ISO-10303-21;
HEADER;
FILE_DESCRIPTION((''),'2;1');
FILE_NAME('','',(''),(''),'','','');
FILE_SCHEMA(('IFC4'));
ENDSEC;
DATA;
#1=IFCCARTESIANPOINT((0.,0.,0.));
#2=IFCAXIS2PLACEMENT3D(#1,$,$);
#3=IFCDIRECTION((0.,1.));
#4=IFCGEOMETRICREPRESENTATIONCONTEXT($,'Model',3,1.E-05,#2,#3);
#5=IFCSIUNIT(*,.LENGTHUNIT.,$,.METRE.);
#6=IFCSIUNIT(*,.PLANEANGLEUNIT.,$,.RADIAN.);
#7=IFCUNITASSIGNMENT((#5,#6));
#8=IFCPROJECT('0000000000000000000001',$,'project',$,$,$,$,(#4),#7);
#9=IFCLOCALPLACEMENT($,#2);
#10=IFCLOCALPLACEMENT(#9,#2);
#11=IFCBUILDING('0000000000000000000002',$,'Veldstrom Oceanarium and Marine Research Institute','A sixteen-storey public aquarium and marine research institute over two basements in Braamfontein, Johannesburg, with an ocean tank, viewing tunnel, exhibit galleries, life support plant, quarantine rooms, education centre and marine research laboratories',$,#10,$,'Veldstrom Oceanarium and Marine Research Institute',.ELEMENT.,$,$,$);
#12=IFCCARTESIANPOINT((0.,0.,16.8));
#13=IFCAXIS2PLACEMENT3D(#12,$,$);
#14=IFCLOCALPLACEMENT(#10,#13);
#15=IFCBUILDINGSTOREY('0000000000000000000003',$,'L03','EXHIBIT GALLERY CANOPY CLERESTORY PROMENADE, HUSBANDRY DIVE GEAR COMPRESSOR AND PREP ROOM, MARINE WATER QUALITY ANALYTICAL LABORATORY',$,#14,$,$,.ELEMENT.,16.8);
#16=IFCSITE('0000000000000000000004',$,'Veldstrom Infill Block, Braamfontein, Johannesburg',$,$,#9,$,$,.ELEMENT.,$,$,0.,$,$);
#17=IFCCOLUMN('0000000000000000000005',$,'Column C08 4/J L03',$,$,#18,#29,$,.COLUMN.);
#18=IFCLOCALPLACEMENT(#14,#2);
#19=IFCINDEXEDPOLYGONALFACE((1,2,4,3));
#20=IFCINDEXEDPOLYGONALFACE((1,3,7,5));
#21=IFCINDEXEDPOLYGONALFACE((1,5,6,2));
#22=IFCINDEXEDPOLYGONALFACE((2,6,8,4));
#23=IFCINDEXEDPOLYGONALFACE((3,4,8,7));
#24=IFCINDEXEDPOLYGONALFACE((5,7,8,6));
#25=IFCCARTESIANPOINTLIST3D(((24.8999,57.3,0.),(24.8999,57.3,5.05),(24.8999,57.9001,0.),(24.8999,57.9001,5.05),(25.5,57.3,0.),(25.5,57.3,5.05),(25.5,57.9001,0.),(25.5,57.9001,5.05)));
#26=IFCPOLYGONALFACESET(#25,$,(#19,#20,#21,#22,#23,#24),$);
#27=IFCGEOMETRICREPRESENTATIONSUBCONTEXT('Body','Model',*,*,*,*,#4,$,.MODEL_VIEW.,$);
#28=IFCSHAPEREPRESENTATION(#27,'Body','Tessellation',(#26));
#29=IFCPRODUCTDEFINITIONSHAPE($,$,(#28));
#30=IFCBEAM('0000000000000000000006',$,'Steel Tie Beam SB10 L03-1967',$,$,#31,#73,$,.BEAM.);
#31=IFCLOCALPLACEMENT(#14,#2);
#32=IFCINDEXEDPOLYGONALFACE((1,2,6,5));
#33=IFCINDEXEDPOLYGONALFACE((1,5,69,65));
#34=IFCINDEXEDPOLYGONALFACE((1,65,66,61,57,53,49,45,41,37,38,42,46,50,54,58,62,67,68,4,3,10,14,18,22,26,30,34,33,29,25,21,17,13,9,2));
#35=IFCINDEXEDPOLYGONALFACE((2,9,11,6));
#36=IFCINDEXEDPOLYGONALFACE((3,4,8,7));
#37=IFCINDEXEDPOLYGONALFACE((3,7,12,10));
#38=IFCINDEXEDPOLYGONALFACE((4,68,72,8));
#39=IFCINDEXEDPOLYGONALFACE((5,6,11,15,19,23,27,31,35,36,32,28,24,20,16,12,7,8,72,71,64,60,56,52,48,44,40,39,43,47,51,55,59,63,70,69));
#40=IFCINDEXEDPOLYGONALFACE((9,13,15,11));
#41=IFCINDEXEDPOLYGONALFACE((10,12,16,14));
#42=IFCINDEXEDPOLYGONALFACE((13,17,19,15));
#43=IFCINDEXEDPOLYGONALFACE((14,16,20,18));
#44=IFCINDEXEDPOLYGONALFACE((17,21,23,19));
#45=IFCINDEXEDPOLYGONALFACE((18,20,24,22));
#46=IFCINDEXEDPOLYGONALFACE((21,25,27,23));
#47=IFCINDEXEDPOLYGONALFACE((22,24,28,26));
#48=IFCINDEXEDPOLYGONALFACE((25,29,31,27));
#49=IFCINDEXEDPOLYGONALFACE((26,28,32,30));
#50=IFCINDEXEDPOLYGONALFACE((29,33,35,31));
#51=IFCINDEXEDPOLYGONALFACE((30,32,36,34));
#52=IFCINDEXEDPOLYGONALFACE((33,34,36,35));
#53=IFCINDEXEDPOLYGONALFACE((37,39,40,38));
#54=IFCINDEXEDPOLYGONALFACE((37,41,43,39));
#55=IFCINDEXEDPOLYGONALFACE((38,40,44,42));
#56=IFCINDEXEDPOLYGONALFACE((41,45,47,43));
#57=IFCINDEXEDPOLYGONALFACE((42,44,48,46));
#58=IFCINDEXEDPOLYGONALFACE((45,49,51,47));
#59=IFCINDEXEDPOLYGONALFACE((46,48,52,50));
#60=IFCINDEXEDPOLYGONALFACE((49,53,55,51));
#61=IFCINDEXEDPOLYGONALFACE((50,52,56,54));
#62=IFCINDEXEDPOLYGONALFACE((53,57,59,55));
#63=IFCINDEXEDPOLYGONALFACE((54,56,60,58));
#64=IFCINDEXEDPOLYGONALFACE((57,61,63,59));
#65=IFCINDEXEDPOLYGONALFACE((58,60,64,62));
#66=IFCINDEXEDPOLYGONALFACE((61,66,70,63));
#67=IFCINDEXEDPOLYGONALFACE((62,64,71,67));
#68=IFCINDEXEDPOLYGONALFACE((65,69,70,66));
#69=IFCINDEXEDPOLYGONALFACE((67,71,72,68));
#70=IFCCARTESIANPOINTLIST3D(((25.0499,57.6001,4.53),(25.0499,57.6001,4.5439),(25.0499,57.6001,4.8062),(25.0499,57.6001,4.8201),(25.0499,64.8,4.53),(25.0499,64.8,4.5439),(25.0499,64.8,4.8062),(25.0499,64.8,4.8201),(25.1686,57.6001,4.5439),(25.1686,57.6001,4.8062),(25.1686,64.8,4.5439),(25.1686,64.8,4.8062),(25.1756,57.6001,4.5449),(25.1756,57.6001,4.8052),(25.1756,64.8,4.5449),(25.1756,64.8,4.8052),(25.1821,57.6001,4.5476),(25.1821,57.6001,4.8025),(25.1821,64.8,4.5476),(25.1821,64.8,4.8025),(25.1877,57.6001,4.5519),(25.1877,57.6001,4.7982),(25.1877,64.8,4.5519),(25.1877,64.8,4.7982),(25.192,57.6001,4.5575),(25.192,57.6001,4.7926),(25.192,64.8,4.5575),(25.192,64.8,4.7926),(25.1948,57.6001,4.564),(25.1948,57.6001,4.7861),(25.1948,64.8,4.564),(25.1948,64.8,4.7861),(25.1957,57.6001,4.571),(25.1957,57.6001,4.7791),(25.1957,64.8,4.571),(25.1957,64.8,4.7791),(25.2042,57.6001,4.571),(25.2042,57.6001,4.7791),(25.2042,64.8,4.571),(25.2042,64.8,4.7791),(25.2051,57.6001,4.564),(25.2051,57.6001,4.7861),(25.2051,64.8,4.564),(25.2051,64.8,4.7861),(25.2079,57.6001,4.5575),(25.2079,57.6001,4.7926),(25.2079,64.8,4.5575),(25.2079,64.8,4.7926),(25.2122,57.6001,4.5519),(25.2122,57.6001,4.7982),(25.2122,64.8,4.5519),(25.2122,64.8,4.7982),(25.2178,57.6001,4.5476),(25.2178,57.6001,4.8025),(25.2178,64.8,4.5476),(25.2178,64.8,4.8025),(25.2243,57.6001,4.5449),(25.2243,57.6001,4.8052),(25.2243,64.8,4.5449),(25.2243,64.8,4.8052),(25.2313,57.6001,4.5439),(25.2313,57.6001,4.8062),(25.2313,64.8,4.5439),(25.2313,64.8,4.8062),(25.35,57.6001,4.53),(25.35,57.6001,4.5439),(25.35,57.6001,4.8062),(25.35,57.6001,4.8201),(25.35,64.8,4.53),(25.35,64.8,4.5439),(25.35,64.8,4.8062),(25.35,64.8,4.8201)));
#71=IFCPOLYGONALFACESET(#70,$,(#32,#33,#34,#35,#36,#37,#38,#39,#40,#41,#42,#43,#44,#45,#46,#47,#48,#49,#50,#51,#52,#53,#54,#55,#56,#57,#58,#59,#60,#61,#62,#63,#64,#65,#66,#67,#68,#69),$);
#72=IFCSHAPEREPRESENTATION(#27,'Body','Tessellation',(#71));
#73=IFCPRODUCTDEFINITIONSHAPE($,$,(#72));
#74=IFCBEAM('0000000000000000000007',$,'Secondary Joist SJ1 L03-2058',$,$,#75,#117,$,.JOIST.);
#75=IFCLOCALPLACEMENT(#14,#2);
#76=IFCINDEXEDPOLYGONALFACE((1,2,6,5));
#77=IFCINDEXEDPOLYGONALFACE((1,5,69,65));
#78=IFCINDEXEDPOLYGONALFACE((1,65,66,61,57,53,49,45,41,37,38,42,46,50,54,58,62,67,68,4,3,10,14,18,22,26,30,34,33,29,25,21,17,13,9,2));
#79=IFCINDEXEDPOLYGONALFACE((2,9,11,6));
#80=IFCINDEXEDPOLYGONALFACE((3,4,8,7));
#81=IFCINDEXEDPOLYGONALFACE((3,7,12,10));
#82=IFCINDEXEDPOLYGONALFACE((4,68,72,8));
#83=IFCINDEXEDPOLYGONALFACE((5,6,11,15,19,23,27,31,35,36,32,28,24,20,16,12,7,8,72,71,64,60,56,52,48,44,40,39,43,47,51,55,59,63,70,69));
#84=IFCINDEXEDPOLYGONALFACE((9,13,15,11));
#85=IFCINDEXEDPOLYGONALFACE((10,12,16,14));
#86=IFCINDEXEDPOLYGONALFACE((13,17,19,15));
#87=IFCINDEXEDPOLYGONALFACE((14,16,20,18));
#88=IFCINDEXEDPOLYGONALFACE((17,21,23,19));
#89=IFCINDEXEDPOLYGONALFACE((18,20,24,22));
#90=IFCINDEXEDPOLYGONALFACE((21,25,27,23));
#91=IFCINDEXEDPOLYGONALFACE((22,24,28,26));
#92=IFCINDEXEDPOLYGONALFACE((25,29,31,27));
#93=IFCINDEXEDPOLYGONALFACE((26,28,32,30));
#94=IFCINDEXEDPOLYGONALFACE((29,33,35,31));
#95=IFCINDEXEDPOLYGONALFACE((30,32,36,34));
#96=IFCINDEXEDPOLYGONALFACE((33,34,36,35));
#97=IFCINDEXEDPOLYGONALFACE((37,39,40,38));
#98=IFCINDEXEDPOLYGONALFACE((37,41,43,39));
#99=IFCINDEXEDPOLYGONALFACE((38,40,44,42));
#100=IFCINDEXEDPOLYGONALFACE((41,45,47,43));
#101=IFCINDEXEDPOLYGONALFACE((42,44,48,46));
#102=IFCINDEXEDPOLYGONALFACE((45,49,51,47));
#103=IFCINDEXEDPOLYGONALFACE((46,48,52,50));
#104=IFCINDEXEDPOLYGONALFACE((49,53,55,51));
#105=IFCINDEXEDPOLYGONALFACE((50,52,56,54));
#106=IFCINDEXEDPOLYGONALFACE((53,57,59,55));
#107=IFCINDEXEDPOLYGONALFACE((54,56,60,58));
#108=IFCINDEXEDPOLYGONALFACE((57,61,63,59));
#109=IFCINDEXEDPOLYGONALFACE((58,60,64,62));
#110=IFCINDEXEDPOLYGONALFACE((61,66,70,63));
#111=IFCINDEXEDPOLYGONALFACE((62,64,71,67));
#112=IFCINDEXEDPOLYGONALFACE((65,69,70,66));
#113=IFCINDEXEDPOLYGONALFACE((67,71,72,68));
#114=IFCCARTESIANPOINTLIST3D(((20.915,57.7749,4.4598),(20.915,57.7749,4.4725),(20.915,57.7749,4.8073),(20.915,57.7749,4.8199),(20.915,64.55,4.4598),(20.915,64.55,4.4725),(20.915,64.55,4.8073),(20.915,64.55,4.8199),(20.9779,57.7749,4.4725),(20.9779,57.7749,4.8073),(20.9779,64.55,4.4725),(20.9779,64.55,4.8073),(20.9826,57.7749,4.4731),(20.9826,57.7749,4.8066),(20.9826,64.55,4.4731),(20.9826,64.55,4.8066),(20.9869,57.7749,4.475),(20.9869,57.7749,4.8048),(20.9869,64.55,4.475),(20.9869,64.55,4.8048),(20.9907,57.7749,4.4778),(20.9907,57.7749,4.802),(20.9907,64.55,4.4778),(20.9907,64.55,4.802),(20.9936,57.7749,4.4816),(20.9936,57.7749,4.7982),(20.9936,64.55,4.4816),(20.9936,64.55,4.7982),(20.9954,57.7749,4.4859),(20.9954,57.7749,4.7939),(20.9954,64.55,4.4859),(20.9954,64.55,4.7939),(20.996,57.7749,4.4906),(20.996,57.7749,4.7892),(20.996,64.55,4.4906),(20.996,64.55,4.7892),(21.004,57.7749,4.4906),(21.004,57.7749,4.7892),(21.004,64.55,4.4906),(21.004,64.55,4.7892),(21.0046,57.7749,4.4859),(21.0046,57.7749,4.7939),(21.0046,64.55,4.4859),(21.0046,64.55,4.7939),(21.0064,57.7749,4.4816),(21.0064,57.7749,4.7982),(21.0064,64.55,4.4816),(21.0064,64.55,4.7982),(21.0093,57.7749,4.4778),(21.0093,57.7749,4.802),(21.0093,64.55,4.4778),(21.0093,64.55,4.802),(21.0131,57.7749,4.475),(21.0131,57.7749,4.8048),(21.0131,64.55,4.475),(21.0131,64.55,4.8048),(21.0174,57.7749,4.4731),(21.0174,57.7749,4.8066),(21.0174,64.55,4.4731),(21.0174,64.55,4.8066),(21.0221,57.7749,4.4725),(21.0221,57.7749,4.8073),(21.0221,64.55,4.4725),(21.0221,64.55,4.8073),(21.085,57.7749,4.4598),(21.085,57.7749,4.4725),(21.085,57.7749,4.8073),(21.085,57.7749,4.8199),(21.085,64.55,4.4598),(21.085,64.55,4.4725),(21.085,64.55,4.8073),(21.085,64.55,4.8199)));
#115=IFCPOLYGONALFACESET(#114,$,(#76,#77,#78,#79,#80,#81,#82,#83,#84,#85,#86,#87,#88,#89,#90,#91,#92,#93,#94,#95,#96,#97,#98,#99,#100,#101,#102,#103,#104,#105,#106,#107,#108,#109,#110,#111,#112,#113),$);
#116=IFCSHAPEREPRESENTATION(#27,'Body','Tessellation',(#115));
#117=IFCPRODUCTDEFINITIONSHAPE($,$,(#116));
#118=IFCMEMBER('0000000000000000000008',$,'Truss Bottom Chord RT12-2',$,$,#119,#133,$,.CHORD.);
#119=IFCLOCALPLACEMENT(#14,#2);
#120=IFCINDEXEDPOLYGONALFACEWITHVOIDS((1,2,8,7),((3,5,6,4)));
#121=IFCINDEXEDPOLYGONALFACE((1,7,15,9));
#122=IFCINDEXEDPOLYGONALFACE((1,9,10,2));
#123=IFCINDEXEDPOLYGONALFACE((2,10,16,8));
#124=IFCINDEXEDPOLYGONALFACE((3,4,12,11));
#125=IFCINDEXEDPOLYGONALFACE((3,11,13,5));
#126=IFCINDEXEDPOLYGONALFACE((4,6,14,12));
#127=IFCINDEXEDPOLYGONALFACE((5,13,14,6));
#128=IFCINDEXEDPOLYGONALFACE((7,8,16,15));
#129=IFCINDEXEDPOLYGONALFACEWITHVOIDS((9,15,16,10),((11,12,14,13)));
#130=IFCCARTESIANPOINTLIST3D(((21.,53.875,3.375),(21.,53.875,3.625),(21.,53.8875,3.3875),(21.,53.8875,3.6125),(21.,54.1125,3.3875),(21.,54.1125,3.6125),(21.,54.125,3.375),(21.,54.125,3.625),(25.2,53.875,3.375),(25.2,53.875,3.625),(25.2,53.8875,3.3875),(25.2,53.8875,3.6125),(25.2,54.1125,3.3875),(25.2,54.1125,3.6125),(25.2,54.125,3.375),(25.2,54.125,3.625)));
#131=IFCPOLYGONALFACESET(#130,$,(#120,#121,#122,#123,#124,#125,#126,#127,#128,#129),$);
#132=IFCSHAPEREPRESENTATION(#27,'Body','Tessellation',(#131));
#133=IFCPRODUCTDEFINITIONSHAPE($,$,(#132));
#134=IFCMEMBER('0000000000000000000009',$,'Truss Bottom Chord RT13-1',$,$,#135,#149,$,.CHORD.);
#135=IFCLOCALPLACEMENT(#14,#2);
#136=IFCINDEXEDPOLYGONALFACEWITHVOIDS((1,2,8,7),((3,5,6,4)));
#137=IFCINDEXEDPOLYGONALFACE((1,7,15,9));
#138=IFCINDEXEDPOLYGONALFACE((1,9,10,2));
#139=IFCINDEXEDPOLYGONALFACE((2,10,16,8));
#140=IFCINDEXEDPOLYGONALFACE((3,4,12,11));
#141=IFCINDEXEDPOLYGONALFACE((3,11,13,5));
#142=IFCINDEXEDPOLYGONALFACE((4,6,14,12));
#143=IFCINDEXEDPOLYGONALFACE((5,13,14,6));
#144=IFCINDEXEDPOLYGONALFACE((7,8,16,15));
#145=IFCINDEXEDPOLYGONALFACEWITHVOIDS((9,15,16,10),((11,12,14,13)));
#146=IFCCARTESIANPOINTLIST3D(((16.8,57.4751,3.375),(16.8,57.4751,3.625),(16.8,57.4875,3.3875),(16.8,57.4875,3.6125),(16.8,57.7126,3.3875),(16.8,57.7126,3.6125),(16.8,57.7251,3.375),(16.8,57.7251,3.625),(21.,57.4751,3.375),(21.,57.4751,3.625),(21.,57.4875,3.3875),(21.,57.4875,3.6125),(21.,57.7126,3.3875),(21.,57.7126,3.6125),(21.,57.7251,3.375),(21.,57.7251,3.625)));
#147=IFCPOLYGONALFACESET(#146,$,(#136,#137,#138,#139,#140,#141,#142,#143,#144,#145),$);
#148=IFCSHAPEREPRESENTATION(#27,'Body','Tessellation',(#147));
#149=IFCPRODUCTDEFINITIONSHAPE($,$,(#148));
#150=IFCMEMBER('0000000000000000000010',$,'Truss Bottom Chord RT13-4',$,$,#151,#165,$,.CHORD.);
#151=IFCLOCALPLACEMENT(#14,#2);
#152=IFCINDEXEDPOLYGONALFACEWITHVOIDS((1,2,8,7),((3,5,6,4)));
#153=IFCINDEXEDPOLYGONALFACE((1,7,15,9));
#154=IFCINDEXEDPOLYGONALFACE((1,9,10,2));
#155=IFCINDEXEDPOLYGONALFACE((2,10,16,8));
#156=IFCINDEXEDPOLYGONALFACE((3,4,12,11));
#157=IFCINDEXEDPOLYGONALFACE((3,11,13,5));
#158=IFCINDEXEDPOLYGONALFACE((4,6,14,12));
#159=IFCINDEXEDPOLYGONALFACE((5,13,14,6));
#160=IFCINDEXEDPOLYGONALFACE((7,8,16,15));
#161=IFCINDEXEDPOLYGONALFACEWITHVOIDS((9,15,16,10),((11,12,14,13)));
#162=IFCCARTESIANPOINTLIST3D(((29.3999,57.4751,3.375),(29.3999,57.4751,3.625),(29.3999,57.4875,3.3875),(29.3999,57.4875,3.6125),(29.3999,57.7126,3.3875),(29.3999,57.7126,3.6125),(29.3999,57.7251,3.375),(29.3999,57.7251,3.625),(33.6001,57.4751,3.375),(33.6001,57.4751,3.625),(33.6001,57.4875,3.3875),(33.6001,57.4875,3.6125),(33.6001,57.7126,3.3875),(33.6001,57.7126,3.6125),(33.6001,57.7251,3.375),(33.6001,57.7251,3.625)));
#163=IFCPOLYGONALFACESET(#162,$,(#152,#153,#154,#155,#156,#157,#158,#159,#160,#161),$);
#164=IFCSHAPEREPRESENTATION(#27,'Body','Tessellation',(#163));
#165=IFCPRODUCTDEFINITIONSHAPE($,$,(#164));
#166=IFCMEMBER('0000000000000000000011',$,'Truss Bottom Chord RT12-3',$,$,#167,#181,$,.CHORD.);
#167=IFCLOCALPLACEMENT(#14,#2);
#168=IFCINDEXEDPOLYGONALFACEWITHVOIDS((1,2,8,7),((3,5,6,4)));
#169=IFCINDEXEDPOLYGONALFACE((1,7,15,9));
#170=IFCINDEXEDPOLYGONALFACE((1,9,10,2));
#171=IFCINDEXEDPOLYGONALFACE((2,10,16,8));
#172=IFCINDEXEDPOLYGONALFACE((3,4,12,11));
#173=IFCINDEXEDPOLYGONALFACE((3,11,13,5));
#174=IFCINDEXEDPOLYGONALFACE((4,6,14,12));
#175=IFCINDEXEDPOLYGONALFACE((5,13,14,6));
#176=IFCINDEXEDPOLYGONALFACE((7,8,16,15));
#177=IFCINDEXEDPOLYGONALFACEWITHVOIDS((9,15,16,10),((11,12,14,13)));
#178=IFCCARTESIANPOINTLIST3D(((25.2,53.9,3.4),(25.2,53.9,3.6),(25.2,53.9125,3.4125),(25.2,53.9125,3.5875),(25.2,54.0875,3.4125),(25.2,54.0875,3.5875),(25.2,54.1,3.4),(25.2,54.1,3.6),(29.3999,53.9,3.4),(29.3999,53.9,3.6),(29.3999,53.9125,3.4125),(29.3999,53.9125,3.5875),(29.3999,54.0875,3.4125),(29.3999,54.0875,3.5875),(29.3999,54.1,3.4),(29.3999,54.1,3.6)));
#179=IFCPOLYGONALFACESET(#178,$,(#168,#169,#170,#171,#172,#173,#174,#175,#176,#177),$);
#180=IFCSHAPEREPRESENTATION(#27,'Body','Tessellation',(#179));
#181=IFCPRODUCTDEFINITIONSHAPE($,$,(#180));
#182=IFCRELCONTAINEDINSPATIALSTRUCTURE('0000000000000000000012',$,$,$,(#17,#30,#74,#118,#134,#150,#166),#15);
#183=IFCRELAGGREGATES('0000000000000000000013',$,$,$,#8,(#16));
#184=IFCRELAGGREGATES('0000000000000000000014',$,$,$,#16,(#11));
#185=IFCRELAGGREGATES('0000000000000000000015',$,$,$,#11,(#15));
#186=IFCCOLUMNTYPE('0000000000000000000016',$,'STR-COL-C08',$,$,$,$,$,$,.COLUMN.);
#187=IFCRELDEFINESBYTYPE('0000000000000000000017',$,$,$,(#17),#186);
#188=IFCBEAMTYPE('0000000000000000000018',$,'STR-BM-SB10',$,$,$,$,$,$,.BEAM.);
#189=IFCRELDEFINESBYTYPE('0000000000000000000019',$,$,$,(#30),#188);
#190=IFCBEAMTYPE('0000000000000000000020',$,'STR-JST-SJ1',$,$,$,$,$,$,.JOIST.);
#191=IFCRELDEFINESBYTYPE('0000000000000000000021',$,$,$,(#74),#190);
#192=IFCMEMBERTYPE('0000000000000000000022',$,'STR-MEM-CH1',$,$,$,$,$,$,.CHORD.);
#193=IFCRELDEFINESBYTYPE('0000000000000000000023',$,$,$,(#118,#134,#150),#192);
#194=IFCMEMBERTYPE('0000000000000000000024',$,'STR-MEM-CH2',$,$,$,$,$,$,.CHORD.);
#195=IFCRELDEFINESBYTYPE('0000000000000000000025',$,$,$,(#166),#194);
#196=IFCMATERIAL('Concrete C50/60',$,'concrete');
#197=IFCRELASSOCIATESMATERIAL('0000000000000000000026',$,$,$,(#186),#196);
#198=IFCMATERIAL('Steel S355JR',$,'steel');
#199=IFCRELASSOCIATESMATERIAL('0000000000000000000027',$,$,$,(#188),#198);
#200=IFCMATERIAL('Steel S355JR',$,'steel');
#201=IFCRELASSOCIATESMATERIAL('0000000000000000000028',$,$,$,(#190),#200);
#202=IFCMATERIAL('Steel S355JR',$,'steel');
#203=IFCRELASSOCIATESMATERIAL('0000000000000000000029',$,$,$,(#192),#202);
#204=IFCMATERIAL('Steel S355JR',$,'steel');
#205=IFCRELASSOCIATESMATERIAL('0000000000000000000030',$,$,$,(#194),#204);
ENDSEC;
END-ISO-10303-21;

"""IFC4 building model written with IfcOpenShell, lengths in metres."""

from ifc_helpers import new_model, si_unit, direction, frame, origin, origin_2d, place, context, subcontext, project, spatial, rectangle, hollow_rectangle, i_section, extrude, material, material_profile, profile_set, type_object, element, save


model = new_model("IFC4")

# Units and contexts
model_context = context("Model", 3, precision=1e-05, world=origin(), true_north=direction((0.0, 1.0)))
body_context = subcontext(model_context, "Body", "Model", "MODEL_VIEW")
ifc_project = project(units=[si_unit("LENGTHUNIT", "METRE"), si_unit("PLANEANGLEUNIT", "RADIAN")], contexts=[model_context])

# Site, building, storey
site_placement = place(None, origin())
site = spatial("IfcSite", under=ifc_project, at=site_placement, Name="Veldstrom Infill Block, Braamfontein, Johannesburg", CompositionType="ELEMENT", RefElevation=0.0)
building_placement = place(site_placement, origin())
building = spatial("IfcBuilding", under=site, at=building_placement, Name="Veldstrom Oceanarium and Marine Research Institute", Description="A sixteen-storey public aquarium and marine research institute over two basements in Braamfontein, Johannesburg, with an ocean tank, viewing tunnel, exhibit galleries, life support plant, quarantine rooms, education centre and marine research laboratories", LongName="Veldstrom Oceanarium and Marine Research Institute", CompositionType="ELEMENT")
storey_placement = place(building_placement, frame((0.0, 0.0, 16.8)))
storey = spatial("IfcBuildingStorey", under=building, at=storey_placement, Name="L03", Description="EXHIBIT GALLERY CANOPY CLERESTORY PROMENADE, HUSBANDRY DIVE GEAR COMPRESSOR AND PREP ROOM, MARINE WATER QUALITY ANALYTICAL LABORATORY", CompositionType="ELEMENT", Elevation=16.8)

# Column
ifc_material_1 = material(Name="Concrete C50/60", Category="concrete")
ifc_material_profile_1 = material_profile(ifc_material_1, rectangle(XDim=0.6001, YDim=0.6001, at=origin_2d()), Name="RC-COL-600x600")
ifc_profile_set_1 = profile_set([ifc_material_profile_1], Name="Concrete C50/60")
column_type = type_object("IfcColumnType", Name="STR-COL-C08", PredefinedType="COLUMN", material=ifc_profile_set_1)
column_placement = place(storey_placement, frame((25.2, 57.6001, 0.0), z_axis=(0.0, 0.0, 1.0), x_axis=(1.0, 0.0, 0.0)))
element("IfcColumn", 1, at=column_placement, inside=storey, type_object=column_type, Name="Column C08 4/J L03", PredefinedType="COLUMN", context=body_context, shape_type="SweptSolid", body=[
    extrude(rectangle(XDim=0.6001, YDim=0.6001, at=origin_2d()), origin(), (0.0, 0.0, 1.0), 5.05),
])

# Beams
ifc_material_2 = material(Name="Steel S355JR", Category="steel")
ifc_material_profile_2 = material_profile(ifc_material_2, i_section(OverallWidth=0.3, OverallDepth=0.29, WebThickness=0.0085, FlangeThickness=0.0139, FilletRadius=0.0271, at=origin_2d()), Name="HEA 300")
ifc_profile_set_2 = profile_set([ifc_material_profile_2], Name="Steel S355JR")
beam_type_1 = type_object("IfcBeamType", Name="STR-BM-SB10", PredefinedType="BEAM", material=ifc_profile_set_2)
beam_1_placement = place(storey_placement, frame((25.2, 57.6001, 4.675), z_axis=(0.0, 1.0, 0.0), x_axis=(-1.0, 0.0, 0.0)))
element("IfcBeam", 2, at=beam_1_placement, inside=storey, type_object=beam_type_1, Name="Steel Tie Beam SB10 L03-1967", PredefinedType="BEAM", context=body_context, shape_type="SweptSolid", body=[
    extrude(i_section(OverallWidth=0.3, OverallDepth=0.29, WebThickness=0.0085, FlangeThickness=0.0139, FilletRadius=0.0271, at=origin_2d()), origin(), (0.0, 0.0, 1.0), 7.2),
])
ifc_material_3 = material(Name="Steel S355JR", Category="steel")
ifc_material_profile_3 = material_profile(ifc_material_3, i_section(OverallWidth=0.1699, OverallDepth=0.3601, WebThickness=0.0081, FlangeThickness=0.0127, FilletRadius=0.0181, at=origin_2d()), Name="IPE 360")
ifc_profile_set_3 = profile_set([ifc_material_profile_3], Name="Steel S355JR")
beam_type_2 = type_object("IfcBeamType", Name="STR-JST-SJ1", PredefinedType="JOIST", material=ifc_profile_set_3)
beam_2_placement = place(storey_placement, frame((21.0, 57.7749, 4.6399), z_axis=(0.0, 1.0, 0.0), x_axis=(-1.0, 0.0, 0.0)))
element("IfcBeam", 3, at=beam_2_placement, inside=storey, type_object=beam_type_2, Name="Secondary Joist SJ1 L03-2058", PredefinedType="JOIST", context=body_context, shape_type="SweptSolid", body=[
    extrude(i_section(OverallWidth=0.1699, OverallDepth=0.3601, WebThickness=0.0081, FlangeThickness=0.0127, FilletRadius=0.0181, at=origin_2d()), origin(), (0.0, 0.0, 1.0), 6.7751),
])

# Members
ifc_material_4 = material(Name="Steel S355JR", Category="steel")
ifc_material_profile_4 = material_profile(ifc_material_4, hollow_rectangle(XDim=0.25, YDim=0.25, WallThickness=0.0125, at=origin_2d()), Name="SHS 250x250x12.5")
ifc_profile_set_4 = profile_set([ifc_material_profile_4], Name="Steel S355JR")
member_type_1 = type_object("IfcMemberType", Name="STR-MEM-CH1", PredefinedType="CHORD", material=ifc_profile_set_4)
for number, where, z_axis, x_axis, name in (
    (4, (21.0, 54.0, 3.5), (1.0, 0.0, 0.0), (0.0, 1.0, 0.0), "Truss Bottom Chord RT12-2"),
    (5, (16.8, 57.6001, 3.5), (1.0, 0.0, 0.0), (0.0, 1.0, 0.0), "Truss Bottom Chord RT13-1"),
):
    element("IfcMember", number, at=place(storey_placement, frame(where, z_axis=z_axis, x_axis=x_axis)), inside=storey, type_object=member_type_1, Name=name, PredefinedType="CHORD", context=body_context, shape_type="SweptSolid", body=[
        extrude(hollow_rectangle(XDim=0.25, YDim=0.25, WallThickness=0.0125, at=origin_2d()), origin(), (0.0, 0.0, 1.0), 4.2),
    ])
member_1_placement = place(storey_placement, frame((29.3999, 57.6001, 3.5), z_axis=(1.0, 0.0, 0.0), x_axis=(0.0, 1.0, 0.0)))
element("IfcMember", 6, at=member_1_placement, inside=storey, type_object=member_type_1, Name="Truss Bottom Chord RT13-4", PredefinedType="CHORD", context=body_context, shape_type="SweptSolid", body=[
    extrude(hollow_rectangle(XDim=0.25, YDim=0.25, WallThickness=0.0125, at=origin_2d()), origin(), (0.0, 0.0, 1.0), 4.2002),
])
ifc_material_5 = material(Name="Steel S355JR", Category="steel")
ifc_material_profile_5 = material_profile(ifc_material_5, hollow_rectangle(XDim=0.2, YDim=0.2, WallThickness=0.0125, at=origin_2d()), Name="SHS 200x200x12.5")
ifc_profile_set_5 = profile_set([ifc_material_profile_5], Name="Steel S355JR")
member_type_2 = type_object("IfcMemberType", Name="STR-MEM-CH2", PredefinedType="CHORD", material=ifc_profile_set_5)
for number, where, z_axis, x_axis, name in (
    (7, (25.2, 54.0, 3.5), (1.0, 0.0, 0.0), (0.0, 1.0, 0.0), "Truss Bottom Chord RT12-3"),
):
    element("IfcMember", number, at=place(storey_placement, frame(where, z_axis=z_axis, x_axis=x_axis)), inside=storey, type_object=member_type_2, Name=name, PredefinedType="CHORD", context=body_context, shape_type="SweptSolid", body=[
        extrude(hollow_rectangle(XDim=0.2, YDim=0.2, WallThickness=0.0125, at=origin_2d()), origin(), (0.0, 0.0, 1.0), 4.2),
    ])

save(model, "model.ifc")
